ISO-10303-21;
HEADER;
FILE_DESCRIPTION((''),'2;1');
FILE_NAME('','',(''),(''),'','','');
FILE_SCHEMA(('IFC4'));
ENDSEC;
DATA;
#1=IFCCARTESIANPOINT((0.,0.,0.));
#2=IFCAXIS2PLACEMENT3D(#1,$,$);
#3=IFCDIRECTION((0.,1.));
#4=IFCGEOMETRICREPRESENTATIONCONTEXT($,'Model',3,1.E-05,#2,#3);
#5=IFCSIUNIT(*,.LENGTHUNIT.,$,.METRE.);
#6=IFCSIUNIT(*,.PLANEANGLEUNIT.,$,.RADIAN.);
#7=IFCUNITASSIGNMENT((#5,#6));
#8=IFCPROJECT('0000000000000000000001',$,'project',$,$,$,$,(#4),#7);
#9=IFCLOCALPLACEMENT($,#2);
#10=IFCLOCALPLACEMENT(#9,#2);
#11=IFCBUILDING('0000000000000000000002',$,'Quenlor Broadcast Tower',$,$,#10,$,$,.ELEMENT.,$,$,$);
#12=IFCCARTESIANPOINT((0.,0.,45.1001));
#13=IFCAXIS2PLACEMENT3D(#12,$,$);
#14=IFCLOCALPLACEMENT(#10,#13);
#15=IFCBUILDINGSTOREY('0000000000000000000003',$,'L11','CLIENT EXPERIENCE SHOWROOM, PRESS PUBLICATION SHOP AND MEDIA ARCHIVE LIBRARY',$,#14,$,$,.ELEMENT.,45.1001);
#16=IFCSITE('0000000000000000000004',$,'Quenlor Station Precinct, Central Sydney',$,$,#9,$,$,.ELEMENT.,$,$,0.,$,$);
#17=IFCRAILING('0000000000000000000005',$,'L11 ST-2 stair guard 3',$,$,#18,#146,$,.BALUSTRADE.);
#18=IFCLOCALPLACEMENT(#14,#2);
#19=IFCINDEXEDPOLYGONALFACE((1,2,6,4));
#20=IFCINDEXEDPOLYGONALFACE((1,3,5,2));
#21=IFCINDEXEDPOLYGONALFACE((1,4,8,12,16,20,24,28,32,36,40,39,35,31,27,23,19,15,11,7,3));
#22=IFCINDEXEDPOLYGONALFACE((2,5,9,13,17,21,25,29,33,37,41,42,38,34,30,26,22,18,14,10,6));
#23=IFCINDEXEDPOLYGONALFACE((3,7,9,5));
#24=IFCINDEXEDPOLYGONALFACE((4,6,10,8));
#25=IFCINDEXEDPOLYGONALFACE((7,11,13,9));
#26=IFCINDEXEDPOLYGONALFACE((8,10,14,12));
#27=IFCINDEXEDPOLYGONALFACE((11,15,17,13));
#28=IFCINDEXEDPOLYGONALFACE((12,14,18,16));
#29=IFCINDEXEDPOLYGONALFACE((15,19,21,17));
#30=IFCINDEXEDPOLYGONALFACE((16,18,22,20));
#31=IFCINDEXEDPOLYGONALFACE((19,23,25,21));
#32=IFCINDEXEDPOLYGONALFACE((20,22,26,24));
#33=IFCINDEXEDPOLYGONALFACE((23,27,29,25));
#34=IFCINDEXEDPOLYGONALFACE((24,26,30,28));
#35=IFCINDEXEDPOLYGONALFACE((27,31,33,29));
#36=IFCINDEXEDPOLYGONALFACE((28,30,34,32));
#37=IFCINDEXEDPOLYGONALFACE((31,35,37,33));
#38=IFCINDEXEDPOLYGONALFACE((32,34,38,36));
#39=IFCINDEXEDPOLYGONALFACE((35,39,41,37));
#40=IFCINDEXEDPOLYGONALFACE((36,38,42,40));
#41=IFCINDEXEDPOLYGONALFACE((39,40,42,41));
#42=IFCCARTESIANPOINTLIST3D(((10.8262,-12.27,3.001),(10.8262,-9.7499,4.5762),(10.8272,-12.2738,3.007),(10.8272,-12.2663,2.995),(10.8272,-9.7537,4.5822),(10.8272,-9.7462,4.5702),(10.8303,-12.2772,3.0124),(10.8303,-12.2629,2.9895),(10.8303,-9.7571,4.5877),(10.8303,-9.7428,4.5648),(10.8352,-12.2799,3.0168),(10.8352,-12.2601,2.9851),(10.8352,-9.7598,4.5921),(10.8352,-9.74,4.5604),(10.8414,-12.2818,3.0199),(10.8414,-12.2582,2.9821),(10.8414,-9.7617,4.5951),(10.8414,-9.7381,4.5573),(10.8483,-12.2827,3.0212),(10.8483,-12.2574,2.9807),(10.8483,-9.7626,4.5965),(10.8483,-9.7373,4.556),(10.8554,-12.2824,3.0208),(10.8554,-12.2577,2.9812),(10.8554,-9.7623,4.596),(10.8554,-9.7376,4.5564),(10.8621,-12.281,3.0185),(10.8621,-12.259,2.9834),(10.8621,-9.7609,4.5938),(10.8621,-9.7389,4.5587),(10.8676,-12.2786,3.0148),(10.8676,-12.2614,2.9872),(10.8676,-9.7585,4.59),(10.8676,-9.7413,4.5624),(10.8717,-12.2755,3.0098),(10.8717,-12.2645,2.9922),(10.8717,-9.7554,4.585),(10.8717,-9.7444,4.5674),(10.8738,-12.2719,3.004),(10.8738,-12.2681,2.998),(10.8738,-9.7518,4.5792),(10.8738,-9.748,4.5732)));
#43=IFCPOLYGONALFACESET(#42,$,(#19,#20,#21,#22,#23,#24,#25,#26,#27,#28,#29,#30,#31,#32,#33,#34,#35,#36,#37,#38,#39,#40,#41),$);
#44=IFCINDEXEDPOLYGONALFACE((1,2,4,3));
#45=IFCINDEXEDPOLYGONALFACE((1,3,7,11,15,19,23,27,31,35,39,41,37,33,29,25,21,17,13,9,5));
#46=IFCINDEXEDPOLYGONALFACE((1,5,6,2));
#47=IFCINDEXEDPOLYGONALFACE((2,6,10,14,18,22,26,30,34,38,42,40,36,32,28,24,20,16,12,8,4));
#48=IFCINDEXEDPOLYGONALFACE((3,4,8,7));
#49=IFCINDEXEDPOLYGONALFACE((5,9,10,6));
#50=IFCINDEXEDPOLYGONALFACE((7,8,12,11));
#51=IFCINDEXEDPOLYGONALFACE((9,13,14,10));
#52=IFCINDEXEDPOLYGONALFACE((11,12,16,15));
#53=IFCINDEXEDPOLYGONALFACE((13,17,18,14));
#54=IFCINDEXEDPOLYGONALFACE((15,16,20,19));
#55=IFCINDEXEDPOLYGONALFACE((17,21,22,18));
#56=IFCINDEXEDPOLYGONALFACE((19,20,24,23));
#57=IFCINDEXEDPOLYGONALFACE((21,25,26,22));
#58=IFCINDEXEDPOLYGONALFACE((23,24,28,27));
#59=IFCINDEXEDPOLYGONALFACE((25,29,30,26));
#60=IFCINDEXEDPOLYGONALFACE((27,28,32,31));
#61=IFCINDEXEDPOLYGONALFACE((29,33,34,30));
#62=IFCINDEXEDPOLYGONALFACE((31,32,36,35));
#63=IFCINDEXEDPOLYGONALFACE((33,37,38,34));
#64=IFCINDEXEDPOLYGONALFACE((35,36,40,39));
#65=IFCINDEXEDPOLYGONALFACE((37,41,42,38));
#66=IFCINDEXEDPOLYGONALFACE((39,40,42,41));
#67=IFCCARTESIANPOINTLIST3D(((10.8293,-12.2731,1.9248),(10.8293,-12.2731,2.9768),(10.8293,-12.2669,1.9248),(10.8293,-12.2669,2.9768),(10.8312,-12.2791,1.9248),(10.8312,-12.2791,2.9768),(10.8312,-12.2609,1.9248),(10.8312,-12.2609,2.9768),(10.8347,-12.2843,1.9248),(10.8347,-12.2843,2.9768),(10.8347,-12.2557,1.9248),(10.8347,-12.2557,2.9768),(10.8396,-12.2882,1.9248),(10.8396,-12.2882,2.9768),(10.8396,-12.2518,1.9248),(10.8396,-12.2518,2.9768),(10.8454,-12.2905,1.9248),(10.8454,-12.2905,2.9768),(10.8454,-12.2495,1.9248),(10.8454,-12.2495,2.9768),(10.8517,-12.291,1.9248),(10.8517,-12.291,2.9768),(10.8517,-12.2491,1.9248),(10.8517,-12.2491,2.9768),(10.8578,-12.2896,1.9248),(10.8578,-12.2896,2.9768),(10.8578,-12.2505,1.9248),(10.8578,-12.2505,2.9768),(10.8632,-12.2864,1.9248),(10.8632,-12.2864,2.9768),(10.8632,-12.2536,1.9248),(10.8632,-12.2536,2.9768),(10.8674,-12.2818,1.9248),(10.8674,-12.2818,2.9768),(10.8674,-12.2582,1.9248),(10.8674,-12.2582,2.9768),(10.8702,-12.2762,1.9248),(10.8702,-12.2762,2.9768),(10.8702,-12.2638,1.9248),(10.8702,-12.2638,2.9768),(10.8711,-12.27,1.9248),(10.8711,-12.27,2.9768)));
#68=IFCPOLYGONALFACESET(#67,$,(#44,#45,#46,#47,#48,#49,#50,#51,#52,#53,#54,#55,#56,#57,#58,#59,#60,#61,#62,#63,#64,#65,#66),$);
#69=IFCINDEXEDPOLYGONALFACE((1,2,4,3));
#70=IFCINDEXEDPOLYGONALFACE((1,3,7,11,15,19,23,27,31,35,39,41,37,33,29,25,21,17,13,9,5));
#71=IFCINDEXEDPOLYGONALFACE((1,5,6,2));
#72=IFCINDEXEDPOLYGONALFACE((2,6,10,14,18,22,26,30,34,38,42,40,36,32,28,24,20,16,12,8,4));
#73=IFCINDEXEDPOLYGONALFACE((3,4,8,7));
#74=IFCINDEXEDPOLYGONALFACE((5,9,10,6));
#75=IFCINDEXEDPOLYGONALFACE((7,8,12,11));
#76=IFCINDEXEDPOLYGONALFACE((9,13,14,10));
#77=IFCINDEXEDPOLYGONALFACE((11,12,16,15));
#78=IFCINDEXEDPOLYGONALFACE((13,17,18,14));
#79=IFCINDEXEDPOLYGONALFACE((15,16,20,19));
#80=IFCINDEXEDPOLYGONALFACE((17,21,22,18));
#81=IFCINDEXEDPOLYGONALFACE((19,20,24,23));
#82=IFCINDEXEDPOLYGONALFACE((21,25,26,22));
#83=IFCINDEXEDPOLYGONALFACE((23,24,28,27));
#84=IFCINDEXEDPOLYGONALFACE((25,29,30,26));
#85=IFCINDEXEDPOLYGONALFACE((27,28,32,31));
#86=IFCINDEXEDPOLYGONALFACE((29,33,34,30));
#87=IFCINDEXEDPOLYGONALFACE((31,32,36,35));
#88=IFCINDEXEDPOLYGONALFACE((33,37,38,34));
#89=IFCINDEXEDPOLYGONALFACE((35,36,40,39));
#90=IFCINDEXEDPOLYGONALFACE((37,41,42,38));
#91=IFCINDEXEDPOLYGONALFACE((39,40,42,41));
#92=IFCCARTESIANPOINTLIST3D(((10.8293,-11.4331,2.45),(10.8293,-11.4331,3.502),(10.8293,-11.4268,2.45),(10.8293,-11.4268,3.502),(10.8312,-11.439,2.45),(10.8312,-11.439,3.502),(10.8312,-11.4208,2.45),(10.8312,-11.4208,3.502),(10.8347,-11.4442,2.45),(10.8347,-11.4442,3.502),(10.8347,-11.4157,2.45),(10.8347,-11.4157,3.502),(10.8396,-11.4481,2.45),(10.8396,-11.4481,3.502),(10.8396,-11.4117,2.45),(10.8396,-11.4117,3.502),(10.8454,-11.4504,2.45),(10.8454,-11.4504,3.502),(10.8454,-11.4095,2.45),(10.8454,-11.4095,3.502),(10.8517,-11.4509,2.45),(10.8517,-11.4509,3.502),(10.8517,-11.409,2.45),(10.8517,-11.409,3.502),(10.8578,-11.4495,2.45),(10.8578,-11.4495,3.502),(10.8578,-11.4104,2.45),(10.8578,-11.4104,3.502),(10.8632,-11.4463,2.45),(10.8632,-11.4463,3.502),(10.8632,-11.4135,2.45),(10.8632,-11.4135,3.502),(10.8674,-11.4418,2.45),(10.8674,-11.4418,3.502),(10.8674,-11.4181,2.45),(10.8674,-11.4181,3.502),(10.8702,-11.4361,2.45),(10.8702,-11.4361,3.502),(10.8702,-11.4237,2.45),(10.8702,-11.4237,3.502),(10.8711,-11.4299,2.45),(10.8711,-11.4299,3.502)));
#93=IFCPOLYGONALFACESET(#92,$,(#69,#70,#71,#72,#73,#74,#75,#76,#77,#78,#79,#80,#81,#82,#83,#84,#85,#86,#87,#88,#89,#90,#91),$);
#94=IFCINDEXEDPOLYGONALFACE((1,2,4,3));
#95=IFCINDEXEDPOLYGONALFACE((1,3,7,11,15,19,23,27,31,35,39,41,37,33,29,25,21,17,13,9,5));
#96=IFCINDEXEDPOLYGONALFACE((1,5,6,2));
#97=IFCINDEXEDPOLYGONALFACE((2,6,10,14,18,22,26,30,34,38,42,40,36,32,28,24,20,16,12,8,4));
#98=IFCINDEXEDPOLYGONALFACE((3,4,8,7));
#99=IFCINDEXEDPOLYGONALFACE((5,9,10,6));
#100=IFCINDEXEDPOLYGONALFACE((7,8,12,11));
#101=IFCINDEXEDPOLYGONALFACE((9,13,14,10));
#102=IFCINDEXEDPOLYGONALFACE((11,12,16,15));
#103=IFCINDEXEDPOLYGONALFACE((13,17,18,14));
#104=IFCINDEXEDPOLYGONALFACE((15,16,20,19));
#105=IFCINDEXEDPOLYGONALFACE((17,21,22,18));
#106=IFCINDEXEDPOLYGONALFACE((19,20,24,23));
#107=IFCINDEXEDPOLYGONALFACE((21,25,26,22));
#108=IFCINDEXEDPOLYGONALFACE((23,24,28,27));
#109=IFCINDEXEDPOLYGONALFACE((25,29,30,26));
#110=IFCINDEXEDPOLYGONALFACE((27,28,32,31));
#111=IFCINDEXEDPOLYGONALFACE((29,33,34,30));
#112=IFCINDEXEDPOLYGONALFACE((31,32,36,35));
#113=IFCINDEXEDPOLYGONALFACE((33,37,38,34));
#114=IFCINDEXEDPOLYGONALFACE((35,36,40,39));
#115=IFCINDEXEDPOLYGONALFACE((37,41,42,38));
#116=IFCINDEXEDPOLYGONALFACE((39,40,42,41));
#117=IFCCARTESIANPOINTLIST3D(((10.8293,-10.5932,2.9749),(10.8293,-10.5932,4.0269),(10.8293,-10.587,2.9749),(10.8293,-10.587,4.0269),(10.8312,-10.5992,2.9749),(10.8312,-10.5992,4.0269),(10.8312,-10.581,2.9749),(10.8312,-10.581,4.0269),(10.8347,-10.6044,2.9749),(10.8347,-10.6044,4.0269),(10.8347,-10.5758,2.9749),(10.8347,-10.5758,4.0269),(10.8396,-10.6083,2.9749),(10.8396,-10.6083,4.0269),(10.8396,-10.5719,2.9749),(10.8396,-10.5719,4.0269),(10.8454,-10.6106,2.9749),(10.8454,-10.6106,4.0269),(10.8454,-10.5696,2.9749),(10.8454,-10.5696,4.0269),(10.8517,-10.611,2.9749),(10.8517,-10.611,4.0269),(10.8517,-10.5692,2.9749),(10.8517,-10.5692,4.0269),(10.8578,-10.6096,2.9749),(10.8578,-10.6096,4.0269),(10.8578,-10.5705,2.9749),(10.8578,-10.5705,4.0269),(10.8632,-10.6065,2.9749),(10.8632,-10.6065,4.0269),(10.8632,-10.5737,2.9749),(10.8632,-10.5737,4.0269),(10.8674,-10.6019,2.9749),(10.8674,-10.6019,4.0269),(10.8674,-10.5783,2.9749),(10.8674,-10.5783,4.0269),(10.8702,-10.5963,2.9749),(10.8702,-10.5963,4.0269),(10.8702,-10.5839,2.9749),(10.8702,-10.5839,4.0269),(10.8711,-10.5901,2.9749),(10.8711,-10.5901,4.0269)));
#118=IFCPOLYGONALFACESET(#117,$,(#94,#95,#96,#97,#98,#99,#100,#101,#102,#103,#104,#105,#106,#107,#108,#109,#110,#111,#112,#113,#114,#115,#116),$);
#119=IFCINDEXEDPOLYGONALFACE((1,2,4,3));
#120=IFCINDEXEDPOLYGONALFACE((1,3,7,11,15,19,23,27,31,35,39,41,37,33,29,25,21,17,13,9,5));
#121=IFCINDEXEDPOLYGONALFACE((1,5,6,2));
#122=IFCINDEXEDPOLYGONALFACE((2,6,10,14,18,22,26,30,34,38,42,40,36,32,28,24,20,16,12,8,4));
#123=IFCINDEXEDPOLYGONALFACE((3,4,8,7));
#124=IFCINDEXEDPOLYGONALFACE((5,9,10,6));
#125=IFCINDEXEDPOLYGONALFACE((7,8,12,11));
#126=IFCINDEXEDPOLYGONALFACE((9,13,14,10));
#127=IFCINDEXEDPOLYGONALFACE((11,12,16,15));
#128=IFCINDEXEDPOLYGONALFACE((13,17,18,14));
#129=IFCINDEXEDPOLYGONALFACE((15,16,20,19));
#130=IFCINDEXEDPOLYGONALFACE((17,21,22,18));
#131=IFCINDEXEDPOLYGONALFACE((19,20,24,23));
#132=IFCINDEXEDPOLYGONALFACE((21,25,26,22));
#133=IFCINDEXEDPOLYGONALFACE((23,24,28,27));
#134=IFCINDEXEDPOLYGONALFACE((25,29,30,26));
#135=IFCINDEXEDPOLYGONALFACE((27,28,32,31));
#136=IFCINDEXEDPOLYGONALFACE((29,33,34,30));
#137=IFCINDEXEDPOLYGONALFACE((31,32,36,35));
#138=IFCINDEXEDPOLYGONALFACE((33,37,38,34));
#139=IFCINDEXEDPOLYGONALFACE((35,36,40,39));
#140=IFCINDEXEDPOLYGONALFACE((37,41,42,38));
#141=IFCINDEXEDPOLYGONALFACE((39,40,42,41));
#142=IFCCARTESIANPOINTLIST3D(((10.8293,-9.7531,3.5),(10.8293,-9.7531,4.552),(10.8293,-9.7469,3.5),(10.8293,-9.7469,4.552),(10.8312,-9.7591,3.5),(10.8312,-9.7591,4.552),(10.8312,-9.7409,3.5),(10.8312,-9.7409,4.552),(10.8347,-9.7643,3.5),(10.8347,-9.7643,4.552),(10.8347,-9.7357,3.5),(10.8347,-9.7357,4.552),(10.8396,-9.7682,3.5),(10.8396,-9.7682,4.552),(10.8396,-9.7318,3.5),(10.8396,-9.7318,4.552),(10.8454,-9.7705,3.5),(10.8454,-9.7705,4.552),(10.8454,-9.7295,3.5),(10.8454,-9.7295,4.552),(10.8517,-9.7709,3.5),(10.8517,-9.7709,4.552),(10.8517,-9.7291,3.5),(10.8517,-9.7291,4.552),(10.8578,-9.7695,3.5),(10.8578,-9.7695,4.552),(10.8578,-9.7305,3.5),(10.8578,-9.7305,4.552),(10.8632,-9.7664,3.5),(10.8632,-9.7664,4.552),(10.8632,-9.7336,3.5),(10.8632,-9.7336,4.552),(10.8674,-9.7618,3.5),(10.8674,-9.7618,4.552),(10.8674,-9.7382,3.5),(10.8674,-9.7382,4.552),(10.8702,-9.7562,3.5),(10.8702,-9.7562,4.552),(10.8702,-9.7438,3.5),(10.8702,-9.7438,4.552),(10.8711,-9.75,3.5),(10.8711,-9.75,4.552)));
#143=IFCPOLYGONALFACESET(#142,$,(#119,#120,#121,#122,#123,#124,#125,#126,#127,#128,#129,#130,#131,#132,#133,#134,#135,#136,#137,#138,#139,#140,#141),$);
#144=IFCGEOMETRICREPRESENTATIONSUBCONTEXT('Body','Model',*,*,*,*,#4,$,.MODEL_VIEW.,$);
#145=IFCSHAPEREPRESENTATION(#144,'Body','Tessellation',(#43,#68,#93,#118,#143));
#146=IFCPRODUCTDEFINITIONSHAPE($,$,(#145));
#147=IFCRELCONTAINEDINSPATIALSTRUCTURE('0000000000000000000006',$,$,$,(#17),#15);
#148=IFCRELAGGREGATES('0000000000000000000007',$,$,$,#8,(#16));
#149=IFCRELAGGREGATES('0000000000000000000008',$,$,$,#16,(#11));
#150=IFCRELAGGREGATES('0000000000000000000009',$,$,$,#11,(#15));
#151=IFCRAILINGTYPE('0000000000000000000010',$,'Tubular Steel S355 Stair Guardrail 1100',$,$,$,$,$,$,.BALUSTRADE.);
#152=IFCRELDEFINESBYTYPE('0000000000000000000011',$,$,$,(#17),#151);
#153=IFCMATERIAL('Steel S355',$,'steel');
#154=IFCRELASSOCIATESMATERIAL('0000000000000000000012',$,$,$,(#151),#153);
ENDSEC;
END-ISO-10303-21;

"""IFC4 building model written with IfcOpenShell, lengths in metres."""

from ifc_helpers import new_model, si_unit, direction, frame, origin, origin_2d, place, context, subcontext, project, spatial, circle, extrude, material, type_object, element, save


model = new_model("IFC4")

# Units and contexts
model_context = context("Model", 3, precision=1e-05, world=origin(), true_north=direction((0.0, 1.0)))
body_context = subcontext(model_context, "Body", "Model", "MODEL_VIEW")
ifc_project = project(units=[si_unit("LENGTHUNIT", "METRE"), si_unit("PLANEANGLEUNIT", "RADIAN")], contexts=[model_context])

# Site, building, storey
site_placement = place(None, origin())
site = spatial("IfcSite", under=ifc_project, at=site_placement, Name="Quenlor Station Precinct, Central Sydney", CompositionType="ELEMENT", RefElevation=0.0)
building_placement = place(site_placement, origin())
building = spatial("IfcBuilding", under=site, at=building_placement, Name="Quenlor Broadcast Tower", CompositionType="ELEMENT")
storey_placement = place(building_placement, frame((0.0, 0.0, 45.1001)))
storey = spatial("IfcBuildingStorey", under=building, at=storey_placement, Name="L11", Description="CLIENT EXPERIENCE SHOWROOM, PRESS PUBLICATION SHOP AND MEDIA ARCHIVE LIBRARY", CompositionType="ELEMENT", Elevation=45.1001)

# Railing
ifc_material_1 = material(Name="Steel S355", Category="steel")
railing_type_1 = type_object("IfcRailingType", Name="Tubular Steel S355 Stair Guardrail 1100", PredefinedType="BALUSTRADE", material=ifc_material_1)
railing_1_placement = place(storey_placement, frame((10.8501, -12.27, 1.9248)))
element("IfcRailing", 1, at=railing_1_placement, inside=storey, type_object=railing_type_1, Name="L11 ST-2 stair guard 3", PredefinedType="BALUSTRADE", context=body_context, shape_type="SweptSolid", body=[
    extrude(circle(Radius=0.0239, at=origin_2d()), frame((0.0, 0.0, 1.0762), z_axis=(0.0, 0.847971, 0.530043), x_axis=(-1.0, 0.0, 0.0)), (0.0, 0.0, 1.0), 2.9719),
    extrude(circle(Radius=0.021, at=origin_2d()), origin(), (0.0, 0.0, 1.0), 1.052),
    extrude(circle(Radius=0.021, at=origin_2d()), frame((0.0, 0.8401, 0.5251)), (0.0, 0.0, 1.0), 1.052),
    extrude(circle(Radius=0.021, at=origin_2d()), frame((0.0, 1.6799, 1.05)), (0.0, 0.0, 1.0), 1.052),
    extrude(circle(Radius=0.021, at=origin_2d()), frame((0.0, 2.52, 1.5752)), (0.0, 0.0, 1.0), 1.052),
])

save(model, "model.ifc")
